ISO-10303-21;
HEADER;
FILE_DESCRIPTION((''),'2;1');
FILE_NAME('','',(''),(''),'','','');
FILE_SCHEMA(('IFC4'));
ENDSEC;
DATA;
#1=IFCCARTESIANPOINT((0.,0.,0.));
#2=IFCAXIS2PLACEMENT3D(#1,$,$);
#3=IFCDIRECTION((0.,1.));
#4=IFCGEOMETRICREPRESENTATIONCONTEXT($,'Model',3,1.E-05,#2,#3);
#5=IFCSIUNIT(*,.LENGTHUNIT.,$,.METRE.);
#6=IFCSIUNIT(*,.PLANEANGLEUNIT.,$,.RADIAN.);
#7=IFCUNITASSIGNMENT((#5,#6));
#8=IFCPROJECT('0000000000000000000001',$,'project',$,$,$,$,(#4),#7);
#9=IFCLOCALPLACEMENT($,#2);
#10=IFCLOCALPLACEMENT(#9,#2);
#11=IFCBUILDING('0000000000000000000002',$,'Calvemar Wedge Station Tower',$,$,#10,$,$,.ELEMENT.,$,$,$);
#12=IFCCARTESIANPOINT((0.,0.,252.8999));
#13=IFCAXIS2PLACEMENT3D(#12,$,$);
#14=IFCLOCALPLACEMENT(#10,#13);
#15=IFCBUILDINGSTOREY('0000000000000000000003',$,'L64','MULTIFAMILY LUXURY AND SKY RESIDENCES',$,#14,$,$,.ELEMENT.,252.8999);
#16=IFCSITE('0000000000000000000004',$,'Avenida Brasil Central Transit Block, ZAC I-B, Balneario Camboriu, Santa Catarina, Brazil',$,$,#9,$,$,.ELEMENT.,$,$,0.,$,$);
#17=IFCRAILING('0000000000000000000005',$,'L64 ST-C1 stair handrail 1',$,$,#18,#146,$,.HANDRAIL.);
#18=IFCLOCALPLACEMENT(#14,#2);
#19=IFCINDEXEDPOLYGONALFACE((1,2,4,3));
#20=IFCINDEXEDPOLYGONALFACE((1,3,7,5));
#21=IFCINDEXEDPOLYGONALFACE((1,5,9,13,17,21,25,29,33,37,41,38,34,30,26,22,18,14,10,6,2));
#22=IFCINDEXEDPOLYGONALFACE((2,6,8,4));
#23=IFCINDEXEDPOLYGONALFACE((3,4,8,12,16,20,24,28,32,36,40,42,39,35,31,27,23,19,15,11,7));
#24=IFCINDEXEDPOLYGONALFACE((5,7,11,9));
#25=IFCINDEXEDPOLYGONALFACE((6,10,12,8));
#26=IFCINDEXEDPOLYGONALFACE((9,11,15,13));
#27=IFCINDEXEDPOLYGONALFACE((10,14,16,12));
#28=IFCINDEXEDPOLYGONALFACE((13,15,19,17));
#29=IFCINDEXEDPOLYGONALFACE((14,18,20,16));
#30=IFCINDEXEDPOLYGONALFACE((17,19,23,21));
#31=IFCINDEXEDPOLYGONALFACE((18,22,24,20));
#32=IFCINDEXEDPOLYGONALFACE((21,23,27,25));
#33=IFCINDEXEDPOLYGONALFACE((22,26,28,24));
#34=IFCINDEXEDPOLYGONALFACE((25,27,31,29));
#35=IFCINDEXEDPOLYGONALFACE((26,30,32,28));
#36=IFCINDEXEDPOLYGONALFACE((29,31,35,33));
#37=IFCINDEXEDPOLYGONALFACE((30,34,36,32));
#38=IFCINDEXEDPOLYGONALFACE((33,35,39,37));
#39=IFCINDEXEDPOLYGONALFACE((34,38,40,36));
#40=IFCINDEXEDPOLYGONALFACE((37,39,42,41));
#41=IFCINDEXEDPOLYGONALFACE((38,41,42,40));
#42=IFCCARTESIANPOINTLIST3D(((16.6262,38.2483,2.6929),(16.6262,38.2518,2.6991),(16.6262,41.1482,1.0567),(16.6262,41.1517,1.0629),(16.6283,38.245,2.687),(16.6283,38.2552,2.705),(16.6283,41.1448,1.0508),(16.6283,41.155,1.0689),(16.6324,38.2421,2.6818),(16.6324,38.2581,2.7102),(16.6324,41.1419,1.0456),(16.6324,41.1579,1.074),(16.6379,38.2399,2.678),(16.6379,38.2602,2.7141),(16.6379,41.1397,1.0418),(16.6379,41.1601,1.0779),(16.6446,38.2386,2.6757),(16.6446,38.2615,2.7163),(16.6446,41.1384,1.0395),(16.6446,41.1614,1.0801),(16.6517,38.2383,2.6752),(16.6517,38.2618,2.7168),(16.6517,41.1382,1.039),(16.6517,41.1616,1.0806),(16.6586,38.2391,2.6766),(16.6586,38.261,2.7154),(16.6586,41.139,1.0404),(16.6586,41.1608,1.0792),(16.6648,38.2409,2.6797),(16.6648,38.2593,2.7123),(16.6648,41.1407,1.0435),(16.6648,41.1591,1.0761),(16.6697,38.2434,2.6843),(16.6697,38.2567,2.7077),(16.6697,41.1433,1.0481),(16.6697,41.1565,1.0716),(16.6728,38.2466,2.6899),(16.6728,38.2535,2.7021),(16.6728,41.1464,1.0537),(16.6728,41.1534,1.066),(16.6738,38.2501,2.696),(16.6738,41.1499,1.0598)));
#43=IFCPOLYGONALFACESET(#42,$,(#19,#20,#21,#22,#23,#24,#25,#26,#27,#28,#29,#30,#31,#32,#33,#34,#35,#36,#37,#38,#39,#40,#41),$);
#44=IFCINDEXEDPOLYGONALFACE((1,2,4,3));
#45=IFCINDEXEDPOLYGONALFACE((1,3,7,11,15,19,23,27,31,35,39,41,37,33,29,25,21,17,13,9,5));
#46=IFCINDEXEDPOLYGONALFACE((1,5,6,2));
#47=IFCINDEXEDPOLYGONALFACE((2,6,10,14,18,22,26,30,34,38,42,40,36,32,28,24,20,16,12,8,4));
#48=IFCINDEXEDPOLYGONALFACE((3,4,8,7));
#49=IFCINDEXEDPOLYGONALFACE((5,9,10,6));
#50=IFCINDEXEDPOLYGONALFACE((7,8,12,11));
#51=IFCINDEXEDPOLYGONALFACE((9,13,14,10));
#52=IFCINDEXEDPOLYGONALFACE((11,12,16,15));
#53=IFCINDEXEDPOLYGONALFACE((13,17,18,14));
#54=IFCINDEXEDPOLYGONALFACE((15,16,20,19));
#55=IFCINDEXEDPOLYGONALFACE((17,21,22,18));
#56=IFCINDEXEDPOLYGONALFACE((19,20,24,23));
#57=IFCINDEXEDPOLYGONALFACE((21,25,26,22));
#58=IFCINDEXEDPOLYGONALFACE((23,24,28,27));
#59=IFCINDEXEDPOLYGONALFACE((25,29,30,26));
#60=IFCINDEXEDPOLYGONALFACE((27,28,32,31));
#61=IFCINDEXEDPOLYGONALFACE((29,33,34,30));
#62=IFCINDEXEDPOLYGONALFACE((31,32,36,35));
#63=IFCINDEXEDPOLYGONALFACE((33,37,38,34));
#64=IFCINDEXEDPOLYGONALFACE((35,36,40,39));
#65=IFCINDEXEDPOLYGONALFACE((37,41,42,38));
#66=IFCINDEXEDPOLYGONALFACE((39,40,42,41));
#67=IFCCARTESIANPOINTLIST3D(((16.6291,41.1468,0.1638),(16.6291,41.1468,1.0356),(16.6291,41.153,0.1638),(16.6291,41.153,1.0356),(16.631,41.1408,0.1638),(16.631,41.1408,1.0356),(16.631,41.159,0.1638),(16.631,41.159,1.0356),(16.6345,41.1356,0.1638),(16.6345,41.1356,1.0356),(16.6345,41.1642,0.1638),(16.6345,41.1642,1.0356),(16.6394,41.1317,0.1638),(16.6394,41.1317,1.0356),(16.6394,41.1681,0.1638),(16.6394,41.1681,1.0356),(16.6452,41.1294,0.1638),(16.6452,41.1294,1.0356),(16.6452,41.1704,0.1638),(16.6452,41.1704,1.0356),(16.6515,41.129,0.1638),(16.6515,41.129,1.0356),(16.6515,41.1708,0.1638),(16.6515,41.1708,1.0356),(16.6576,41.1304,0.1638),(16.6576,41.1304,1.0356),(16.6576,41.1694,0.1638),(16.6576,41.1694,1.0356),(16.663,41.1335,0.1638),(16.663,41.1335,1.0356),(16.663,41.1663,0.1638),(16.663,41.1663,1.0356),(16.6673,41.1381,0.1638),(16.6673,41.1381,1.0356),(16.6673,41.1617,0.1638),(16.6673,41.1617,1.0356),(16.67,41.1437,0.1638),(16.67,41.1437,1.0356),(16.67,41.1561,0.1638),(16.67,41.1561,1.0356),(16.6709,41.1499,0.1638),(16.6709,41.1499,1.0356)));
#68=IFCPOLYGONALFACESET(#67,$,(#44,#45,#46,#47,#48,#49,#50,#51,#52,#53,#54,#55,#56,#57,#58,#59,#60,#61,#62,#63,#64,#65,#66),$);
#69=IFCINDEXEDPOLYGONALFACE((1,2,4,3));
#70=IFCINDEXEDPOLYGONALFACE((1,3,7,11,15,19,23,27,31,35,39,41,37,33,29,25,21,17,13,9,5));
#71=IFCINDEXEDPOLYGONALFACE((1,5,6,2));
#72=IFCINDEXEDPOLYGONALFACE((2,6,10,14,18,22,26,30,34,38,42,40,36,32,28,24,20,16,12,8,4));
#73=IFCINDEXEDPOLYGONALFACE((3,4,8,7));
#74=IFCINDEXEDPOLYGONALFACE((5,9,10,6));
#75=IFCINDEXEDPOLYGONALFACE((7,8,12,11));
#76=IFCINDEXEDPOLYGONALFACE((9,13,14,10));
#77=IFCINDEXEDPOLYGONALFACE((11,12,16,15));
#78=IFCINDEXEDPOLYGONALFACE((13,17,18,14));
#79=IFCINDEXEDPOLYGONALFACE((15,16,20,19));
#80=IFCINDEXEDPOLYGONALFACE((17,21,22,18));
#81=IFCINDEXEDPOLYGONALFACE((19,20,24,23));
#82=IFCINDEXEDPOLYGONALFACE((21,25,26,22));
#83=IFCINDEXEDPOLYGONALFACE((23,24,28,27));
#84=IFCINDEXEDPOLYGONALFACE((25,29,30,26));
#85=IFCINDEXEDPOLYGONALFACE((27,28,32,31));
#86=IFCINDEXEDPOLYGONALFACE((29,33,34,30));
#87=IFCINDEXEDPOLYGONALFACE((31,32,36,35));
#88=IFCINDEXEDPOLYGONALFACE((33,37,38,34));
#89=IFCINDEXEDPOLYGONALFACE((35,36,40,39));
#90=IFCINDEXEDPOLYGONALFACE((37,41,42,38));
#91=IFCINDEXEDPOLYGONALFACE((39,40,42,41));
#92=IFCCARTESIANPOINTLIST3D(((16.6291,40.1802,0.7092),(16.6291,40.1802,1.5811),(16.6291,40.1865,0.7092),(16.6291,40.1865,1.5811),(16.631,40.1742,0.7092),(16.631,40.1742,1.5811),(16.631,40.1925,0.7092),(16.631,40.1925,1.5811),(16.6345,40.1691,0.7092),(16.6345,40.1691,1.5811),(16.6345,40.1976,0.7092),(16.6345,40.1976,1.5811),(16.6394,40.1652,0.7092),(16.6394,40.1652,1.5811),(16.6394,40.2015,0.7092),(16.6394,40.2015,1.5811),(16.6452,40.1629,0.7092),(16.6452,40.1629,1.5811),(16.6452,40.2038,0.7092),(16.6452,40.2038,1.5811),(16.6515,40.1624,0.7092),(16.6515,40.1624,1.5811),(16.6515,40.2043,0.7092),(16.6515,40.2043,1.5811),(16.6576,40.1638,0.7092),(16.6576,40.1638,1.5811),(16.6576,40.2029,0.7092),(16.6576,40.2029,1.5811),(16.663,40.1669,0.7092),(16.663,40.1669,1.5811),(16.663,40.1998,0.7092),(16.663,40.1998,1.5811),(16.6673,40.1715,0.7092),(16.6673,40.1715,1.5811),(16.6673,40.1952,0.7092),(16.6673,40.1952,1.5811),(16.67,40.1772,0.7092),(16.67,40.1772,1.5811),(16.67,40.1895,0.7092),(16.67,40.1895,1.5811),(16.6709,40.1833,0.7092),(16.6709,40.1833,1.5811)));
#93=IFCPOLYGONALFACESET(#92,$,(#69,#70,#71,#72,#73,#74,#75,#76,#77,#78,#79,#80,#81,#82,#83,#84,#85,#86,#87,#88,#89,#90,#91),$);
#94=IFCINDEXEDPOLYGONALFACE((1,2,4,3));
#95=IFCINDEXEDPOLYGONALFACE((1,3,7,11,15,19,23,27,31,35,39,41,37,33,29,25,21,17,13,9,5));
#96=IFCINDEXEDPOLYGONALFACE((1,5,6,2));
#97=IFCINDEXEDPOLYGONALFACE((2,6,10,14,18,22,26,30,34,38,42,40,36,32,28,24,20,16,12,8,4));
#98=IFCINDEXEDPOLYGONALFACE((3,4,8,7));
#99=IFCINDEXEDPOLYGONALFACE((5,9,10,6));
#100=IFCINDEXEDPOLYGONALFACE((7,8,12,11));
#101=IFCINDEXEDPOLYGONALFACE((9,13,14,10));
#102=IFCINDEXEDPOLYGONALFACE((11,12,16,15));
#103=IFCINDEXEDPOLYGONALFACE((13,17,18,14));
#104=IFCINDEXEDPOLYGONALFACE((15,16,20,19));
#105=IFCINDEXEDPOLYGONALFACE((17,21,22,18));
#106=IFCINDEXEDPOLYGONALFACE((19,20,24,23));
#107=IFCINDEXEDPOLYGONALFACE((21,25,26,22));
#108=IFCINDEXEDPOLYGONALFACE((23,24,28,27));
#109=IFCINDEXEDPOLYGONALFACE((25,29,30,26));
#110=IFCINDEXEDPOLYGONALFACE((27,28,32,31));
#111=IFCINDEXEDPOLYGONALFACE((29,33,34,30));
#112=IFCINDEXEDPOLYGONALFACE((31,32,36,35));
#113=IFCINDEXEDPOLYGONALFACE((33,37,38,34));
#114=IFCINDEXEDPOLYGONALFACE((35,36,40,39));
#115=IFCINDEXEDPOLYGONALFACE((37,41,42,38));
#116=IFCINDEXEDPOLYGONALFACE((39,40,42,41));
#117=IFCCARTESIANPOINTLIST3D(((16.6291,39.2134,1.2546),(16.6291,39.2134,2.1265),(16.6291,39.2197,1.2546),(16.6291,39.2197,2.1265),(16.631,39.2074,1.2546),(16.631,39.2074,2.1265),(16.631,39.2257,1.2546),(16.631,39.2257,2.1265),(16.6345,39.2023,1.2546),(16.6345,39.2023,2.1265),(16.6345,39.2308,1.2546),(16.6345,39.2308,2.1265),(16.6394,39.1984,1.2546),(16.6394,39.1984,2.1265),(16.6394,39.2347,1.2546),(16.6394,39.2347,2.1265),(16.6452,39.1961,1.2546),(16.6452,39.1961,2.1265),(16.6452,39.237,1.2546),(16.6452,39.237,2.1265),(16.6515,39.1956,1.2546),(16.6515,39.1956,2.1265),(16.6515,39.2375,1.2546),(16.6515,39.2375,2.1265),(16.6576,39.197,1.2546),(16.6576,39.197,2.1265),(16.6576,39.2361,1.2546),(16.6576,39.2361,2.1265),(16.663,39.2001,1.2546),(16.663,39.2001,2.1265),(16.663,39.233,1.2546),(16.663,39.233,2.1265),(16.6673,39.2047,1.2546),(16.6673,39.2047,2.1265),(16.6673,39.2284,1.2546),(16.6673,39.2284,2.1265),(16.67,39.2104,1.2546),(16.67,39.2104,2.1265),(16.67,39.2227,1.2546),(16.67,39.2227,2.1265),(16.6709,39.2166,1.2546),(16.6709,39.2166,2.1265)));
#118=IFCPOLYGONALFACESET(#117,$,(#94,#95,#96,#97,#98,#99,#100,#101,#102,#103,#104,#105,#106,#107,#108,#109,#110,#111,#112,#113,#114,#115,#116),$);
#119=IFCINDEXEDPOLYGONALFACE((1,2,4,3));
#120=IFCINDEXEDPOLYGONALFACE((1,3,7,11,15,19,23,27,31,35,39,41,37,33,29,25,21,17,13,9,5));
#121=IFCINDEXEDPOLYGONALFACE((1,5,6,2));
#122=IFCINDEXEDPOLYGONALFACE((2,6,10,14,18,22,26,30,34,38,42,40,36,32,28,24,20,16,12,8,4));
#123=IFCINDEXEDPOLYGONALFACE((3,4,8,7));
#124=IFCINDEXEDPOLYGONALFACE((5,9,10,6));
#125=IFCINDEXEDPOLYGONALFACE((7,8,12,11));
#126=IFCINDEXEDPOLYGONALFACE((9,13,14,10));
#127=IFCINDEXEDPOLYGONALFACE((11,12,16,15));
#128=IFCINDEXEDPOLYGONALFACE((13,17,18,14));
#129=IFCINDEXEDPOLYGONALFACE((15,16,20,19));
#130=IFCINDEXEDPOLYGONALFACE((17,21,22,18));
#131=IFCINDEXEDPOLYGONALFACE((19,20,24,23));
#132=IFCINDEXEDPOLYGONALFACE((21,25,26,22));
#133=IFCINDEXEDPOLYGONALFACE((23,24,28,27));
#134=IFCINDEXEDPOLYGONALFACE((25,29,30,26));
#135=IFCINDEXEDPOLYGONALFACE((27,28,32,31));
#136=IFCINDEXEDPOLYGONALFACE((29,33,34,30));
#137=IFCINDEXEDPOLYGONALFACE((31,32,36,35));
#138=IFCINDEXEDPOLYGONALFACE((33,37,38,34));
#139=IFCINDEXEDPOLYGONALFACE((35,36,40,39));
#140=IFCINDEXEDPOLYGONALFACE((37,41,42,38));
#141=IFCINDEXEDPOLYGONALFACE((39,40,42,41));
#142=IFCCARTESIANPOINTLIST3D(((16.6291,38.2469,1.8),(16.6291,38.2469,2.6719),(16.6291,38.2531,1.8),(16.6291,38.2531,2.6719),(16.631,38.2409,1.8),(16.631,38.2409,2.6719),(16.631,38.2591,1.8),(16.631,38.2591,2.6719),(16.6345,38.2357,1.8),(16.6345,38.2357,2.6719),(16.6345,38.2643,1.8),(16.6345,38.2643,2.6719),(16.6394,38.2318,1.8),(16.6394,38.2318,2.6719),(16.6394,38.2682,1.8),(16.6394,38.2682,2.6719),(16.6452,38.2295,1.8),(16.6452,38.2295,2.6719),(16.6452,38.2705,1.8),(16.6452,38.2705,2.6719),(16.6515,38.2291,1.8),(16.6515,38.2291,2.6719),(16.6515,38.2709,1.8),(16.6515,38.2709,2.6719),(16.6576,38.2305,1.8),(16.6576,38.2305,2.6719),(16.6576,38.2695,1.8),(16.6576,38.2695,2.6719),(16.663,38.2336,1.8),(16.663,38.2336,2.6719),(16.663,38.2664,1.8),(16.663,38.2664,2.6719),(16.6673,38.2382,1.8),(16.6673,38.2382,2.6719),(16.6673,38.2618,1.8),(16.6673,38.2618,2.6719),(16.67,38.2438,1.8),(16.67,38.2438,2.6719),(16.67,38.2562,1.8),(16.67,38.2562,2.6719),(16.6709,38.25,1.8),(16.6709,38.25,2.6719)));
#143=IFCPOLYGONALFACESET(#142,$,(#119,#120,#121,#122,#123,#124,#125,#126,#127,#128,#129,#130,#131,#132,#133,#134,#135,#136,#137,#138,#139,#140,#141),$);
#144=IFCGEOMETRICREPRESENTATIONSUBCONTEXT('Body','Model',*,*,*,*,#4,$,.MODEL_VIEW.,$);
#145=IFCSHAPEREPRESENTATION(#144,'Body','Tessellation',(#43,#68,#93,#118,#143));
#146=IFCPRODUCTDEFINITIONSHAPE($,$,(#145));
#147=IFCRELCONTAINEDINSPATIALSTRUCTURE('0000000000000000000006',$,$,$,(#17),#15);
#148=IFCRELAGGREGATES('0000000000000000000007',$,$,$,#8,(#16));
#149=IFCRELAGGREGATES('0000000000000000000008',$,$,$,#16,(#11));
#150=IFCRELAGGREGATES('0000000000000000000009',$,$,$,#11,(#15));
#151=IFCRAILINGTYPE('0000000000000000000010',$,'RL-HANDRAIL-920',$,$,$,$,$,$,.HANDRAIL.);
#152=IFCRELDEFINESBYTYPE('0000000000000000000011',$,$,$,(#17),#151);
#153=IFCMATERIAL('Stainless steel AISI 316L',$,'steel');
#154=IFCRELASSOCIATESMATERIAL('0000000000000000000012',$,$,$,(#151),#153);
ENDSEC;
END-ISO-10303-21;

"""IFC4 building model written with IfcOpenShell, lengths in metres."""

from ifc_helpers import new_model, si_unit, direction, frame, origin, origin_2d, place, context, subcontext, project, spatial, circle, extrude, material, type_object, element, save


model = new_model("IFC4")

# Units and contexts
model_context = context("Model", 3, precision=1e-05, world=origin(), true_north=direction((0.0, 1.0)))
body_context = subcontext(model_context, "Body", "Model", "MODEL_VIEW")
ifc_project = project(units=[si_unit("LENGTHUNIT", "METRE"), si_unit("PLANEANGLEUNIT", "RADIAN")], contexts=[model_context])

# Site, building, storey
site_placement = place(None, origin())
site = spatial("IfcSite", under=ifc_project, at=site_placement, Name="Avenida Brasil Central Transit Block, ZAC I-B, Balneario Camboriu, Santa Catarina, Brazil", CompositionType="ELEMENT", RefElevation=0.0)
building_placement = place(site_placement, origin())
building = spatial("IfcBuilding", under=site, at=building_placement, Name="Calvemar Wedge Station Tower", CompositionType="ELEMENT")
storey_placement = place(building_placement, frame((0.0, 0.0, 252.8999)))
storey = spatial("IfcBuildingStorey", under=building, at=storey_placement, Name="L64", Description="MULTIFAMILY LUXURY AND SKY RESIDENCES", CompositionType="ELEMENT", Elevation=252.8999)

# Railing
ifc_material_1 = material(Name="Stainless steel AISI 316L", Category="steel")
railing_type_1 = type_object("IfcRailingType", Name="RL-HANDRAIL-920", PredefinedType="HANDRAIL", material=ifc_material_1)
railing_1_placement = place(storey_placement, frame((16.6499, 41.1499, 0.1638)))
element("IfcRailing", 1, at=railing_1_placement, inside=storey, type_object=railing_type_1, Name="L64 ST-C1 stair handrail 1", PredefinedType="HANDRAIL", context=body_context, shape_type="SweptSolid", body=[
    extrude(circle(Radius=0.0239, at=origin_2d()), frame((0.0, 0.0, 0.896), z_axis=(0.0, -0.870929, 0.49141), x_axis=(1.0, 0.0, 0.0)), (0.0, 0.0, 1.0), 3.3296),
    extrude(circle(Radius=0.021, at=origin_2d()), origin(), (0.0, 0.0, 1.0), 0.8718),
    extrude(circle(Radius=0.021, at=origin_2d()), frame((0.0, -0.9666, 0.5454)), (0.0, 0.0, 1.0), 0.8718),
    extrude(circle(Radius=0.021, at=origin_2d()), frame((0.0, -1.9333, 1.0908)), (0.0, 0.0, 1.0), 0.8718),
    extrude(circle(Radius=0.021, at=origin_2d()), frame((0.0, -2.8999, 1.6362)), (0.0, 0.0, 1.0), 0.8718),
])

save(model, "model.ifc")
